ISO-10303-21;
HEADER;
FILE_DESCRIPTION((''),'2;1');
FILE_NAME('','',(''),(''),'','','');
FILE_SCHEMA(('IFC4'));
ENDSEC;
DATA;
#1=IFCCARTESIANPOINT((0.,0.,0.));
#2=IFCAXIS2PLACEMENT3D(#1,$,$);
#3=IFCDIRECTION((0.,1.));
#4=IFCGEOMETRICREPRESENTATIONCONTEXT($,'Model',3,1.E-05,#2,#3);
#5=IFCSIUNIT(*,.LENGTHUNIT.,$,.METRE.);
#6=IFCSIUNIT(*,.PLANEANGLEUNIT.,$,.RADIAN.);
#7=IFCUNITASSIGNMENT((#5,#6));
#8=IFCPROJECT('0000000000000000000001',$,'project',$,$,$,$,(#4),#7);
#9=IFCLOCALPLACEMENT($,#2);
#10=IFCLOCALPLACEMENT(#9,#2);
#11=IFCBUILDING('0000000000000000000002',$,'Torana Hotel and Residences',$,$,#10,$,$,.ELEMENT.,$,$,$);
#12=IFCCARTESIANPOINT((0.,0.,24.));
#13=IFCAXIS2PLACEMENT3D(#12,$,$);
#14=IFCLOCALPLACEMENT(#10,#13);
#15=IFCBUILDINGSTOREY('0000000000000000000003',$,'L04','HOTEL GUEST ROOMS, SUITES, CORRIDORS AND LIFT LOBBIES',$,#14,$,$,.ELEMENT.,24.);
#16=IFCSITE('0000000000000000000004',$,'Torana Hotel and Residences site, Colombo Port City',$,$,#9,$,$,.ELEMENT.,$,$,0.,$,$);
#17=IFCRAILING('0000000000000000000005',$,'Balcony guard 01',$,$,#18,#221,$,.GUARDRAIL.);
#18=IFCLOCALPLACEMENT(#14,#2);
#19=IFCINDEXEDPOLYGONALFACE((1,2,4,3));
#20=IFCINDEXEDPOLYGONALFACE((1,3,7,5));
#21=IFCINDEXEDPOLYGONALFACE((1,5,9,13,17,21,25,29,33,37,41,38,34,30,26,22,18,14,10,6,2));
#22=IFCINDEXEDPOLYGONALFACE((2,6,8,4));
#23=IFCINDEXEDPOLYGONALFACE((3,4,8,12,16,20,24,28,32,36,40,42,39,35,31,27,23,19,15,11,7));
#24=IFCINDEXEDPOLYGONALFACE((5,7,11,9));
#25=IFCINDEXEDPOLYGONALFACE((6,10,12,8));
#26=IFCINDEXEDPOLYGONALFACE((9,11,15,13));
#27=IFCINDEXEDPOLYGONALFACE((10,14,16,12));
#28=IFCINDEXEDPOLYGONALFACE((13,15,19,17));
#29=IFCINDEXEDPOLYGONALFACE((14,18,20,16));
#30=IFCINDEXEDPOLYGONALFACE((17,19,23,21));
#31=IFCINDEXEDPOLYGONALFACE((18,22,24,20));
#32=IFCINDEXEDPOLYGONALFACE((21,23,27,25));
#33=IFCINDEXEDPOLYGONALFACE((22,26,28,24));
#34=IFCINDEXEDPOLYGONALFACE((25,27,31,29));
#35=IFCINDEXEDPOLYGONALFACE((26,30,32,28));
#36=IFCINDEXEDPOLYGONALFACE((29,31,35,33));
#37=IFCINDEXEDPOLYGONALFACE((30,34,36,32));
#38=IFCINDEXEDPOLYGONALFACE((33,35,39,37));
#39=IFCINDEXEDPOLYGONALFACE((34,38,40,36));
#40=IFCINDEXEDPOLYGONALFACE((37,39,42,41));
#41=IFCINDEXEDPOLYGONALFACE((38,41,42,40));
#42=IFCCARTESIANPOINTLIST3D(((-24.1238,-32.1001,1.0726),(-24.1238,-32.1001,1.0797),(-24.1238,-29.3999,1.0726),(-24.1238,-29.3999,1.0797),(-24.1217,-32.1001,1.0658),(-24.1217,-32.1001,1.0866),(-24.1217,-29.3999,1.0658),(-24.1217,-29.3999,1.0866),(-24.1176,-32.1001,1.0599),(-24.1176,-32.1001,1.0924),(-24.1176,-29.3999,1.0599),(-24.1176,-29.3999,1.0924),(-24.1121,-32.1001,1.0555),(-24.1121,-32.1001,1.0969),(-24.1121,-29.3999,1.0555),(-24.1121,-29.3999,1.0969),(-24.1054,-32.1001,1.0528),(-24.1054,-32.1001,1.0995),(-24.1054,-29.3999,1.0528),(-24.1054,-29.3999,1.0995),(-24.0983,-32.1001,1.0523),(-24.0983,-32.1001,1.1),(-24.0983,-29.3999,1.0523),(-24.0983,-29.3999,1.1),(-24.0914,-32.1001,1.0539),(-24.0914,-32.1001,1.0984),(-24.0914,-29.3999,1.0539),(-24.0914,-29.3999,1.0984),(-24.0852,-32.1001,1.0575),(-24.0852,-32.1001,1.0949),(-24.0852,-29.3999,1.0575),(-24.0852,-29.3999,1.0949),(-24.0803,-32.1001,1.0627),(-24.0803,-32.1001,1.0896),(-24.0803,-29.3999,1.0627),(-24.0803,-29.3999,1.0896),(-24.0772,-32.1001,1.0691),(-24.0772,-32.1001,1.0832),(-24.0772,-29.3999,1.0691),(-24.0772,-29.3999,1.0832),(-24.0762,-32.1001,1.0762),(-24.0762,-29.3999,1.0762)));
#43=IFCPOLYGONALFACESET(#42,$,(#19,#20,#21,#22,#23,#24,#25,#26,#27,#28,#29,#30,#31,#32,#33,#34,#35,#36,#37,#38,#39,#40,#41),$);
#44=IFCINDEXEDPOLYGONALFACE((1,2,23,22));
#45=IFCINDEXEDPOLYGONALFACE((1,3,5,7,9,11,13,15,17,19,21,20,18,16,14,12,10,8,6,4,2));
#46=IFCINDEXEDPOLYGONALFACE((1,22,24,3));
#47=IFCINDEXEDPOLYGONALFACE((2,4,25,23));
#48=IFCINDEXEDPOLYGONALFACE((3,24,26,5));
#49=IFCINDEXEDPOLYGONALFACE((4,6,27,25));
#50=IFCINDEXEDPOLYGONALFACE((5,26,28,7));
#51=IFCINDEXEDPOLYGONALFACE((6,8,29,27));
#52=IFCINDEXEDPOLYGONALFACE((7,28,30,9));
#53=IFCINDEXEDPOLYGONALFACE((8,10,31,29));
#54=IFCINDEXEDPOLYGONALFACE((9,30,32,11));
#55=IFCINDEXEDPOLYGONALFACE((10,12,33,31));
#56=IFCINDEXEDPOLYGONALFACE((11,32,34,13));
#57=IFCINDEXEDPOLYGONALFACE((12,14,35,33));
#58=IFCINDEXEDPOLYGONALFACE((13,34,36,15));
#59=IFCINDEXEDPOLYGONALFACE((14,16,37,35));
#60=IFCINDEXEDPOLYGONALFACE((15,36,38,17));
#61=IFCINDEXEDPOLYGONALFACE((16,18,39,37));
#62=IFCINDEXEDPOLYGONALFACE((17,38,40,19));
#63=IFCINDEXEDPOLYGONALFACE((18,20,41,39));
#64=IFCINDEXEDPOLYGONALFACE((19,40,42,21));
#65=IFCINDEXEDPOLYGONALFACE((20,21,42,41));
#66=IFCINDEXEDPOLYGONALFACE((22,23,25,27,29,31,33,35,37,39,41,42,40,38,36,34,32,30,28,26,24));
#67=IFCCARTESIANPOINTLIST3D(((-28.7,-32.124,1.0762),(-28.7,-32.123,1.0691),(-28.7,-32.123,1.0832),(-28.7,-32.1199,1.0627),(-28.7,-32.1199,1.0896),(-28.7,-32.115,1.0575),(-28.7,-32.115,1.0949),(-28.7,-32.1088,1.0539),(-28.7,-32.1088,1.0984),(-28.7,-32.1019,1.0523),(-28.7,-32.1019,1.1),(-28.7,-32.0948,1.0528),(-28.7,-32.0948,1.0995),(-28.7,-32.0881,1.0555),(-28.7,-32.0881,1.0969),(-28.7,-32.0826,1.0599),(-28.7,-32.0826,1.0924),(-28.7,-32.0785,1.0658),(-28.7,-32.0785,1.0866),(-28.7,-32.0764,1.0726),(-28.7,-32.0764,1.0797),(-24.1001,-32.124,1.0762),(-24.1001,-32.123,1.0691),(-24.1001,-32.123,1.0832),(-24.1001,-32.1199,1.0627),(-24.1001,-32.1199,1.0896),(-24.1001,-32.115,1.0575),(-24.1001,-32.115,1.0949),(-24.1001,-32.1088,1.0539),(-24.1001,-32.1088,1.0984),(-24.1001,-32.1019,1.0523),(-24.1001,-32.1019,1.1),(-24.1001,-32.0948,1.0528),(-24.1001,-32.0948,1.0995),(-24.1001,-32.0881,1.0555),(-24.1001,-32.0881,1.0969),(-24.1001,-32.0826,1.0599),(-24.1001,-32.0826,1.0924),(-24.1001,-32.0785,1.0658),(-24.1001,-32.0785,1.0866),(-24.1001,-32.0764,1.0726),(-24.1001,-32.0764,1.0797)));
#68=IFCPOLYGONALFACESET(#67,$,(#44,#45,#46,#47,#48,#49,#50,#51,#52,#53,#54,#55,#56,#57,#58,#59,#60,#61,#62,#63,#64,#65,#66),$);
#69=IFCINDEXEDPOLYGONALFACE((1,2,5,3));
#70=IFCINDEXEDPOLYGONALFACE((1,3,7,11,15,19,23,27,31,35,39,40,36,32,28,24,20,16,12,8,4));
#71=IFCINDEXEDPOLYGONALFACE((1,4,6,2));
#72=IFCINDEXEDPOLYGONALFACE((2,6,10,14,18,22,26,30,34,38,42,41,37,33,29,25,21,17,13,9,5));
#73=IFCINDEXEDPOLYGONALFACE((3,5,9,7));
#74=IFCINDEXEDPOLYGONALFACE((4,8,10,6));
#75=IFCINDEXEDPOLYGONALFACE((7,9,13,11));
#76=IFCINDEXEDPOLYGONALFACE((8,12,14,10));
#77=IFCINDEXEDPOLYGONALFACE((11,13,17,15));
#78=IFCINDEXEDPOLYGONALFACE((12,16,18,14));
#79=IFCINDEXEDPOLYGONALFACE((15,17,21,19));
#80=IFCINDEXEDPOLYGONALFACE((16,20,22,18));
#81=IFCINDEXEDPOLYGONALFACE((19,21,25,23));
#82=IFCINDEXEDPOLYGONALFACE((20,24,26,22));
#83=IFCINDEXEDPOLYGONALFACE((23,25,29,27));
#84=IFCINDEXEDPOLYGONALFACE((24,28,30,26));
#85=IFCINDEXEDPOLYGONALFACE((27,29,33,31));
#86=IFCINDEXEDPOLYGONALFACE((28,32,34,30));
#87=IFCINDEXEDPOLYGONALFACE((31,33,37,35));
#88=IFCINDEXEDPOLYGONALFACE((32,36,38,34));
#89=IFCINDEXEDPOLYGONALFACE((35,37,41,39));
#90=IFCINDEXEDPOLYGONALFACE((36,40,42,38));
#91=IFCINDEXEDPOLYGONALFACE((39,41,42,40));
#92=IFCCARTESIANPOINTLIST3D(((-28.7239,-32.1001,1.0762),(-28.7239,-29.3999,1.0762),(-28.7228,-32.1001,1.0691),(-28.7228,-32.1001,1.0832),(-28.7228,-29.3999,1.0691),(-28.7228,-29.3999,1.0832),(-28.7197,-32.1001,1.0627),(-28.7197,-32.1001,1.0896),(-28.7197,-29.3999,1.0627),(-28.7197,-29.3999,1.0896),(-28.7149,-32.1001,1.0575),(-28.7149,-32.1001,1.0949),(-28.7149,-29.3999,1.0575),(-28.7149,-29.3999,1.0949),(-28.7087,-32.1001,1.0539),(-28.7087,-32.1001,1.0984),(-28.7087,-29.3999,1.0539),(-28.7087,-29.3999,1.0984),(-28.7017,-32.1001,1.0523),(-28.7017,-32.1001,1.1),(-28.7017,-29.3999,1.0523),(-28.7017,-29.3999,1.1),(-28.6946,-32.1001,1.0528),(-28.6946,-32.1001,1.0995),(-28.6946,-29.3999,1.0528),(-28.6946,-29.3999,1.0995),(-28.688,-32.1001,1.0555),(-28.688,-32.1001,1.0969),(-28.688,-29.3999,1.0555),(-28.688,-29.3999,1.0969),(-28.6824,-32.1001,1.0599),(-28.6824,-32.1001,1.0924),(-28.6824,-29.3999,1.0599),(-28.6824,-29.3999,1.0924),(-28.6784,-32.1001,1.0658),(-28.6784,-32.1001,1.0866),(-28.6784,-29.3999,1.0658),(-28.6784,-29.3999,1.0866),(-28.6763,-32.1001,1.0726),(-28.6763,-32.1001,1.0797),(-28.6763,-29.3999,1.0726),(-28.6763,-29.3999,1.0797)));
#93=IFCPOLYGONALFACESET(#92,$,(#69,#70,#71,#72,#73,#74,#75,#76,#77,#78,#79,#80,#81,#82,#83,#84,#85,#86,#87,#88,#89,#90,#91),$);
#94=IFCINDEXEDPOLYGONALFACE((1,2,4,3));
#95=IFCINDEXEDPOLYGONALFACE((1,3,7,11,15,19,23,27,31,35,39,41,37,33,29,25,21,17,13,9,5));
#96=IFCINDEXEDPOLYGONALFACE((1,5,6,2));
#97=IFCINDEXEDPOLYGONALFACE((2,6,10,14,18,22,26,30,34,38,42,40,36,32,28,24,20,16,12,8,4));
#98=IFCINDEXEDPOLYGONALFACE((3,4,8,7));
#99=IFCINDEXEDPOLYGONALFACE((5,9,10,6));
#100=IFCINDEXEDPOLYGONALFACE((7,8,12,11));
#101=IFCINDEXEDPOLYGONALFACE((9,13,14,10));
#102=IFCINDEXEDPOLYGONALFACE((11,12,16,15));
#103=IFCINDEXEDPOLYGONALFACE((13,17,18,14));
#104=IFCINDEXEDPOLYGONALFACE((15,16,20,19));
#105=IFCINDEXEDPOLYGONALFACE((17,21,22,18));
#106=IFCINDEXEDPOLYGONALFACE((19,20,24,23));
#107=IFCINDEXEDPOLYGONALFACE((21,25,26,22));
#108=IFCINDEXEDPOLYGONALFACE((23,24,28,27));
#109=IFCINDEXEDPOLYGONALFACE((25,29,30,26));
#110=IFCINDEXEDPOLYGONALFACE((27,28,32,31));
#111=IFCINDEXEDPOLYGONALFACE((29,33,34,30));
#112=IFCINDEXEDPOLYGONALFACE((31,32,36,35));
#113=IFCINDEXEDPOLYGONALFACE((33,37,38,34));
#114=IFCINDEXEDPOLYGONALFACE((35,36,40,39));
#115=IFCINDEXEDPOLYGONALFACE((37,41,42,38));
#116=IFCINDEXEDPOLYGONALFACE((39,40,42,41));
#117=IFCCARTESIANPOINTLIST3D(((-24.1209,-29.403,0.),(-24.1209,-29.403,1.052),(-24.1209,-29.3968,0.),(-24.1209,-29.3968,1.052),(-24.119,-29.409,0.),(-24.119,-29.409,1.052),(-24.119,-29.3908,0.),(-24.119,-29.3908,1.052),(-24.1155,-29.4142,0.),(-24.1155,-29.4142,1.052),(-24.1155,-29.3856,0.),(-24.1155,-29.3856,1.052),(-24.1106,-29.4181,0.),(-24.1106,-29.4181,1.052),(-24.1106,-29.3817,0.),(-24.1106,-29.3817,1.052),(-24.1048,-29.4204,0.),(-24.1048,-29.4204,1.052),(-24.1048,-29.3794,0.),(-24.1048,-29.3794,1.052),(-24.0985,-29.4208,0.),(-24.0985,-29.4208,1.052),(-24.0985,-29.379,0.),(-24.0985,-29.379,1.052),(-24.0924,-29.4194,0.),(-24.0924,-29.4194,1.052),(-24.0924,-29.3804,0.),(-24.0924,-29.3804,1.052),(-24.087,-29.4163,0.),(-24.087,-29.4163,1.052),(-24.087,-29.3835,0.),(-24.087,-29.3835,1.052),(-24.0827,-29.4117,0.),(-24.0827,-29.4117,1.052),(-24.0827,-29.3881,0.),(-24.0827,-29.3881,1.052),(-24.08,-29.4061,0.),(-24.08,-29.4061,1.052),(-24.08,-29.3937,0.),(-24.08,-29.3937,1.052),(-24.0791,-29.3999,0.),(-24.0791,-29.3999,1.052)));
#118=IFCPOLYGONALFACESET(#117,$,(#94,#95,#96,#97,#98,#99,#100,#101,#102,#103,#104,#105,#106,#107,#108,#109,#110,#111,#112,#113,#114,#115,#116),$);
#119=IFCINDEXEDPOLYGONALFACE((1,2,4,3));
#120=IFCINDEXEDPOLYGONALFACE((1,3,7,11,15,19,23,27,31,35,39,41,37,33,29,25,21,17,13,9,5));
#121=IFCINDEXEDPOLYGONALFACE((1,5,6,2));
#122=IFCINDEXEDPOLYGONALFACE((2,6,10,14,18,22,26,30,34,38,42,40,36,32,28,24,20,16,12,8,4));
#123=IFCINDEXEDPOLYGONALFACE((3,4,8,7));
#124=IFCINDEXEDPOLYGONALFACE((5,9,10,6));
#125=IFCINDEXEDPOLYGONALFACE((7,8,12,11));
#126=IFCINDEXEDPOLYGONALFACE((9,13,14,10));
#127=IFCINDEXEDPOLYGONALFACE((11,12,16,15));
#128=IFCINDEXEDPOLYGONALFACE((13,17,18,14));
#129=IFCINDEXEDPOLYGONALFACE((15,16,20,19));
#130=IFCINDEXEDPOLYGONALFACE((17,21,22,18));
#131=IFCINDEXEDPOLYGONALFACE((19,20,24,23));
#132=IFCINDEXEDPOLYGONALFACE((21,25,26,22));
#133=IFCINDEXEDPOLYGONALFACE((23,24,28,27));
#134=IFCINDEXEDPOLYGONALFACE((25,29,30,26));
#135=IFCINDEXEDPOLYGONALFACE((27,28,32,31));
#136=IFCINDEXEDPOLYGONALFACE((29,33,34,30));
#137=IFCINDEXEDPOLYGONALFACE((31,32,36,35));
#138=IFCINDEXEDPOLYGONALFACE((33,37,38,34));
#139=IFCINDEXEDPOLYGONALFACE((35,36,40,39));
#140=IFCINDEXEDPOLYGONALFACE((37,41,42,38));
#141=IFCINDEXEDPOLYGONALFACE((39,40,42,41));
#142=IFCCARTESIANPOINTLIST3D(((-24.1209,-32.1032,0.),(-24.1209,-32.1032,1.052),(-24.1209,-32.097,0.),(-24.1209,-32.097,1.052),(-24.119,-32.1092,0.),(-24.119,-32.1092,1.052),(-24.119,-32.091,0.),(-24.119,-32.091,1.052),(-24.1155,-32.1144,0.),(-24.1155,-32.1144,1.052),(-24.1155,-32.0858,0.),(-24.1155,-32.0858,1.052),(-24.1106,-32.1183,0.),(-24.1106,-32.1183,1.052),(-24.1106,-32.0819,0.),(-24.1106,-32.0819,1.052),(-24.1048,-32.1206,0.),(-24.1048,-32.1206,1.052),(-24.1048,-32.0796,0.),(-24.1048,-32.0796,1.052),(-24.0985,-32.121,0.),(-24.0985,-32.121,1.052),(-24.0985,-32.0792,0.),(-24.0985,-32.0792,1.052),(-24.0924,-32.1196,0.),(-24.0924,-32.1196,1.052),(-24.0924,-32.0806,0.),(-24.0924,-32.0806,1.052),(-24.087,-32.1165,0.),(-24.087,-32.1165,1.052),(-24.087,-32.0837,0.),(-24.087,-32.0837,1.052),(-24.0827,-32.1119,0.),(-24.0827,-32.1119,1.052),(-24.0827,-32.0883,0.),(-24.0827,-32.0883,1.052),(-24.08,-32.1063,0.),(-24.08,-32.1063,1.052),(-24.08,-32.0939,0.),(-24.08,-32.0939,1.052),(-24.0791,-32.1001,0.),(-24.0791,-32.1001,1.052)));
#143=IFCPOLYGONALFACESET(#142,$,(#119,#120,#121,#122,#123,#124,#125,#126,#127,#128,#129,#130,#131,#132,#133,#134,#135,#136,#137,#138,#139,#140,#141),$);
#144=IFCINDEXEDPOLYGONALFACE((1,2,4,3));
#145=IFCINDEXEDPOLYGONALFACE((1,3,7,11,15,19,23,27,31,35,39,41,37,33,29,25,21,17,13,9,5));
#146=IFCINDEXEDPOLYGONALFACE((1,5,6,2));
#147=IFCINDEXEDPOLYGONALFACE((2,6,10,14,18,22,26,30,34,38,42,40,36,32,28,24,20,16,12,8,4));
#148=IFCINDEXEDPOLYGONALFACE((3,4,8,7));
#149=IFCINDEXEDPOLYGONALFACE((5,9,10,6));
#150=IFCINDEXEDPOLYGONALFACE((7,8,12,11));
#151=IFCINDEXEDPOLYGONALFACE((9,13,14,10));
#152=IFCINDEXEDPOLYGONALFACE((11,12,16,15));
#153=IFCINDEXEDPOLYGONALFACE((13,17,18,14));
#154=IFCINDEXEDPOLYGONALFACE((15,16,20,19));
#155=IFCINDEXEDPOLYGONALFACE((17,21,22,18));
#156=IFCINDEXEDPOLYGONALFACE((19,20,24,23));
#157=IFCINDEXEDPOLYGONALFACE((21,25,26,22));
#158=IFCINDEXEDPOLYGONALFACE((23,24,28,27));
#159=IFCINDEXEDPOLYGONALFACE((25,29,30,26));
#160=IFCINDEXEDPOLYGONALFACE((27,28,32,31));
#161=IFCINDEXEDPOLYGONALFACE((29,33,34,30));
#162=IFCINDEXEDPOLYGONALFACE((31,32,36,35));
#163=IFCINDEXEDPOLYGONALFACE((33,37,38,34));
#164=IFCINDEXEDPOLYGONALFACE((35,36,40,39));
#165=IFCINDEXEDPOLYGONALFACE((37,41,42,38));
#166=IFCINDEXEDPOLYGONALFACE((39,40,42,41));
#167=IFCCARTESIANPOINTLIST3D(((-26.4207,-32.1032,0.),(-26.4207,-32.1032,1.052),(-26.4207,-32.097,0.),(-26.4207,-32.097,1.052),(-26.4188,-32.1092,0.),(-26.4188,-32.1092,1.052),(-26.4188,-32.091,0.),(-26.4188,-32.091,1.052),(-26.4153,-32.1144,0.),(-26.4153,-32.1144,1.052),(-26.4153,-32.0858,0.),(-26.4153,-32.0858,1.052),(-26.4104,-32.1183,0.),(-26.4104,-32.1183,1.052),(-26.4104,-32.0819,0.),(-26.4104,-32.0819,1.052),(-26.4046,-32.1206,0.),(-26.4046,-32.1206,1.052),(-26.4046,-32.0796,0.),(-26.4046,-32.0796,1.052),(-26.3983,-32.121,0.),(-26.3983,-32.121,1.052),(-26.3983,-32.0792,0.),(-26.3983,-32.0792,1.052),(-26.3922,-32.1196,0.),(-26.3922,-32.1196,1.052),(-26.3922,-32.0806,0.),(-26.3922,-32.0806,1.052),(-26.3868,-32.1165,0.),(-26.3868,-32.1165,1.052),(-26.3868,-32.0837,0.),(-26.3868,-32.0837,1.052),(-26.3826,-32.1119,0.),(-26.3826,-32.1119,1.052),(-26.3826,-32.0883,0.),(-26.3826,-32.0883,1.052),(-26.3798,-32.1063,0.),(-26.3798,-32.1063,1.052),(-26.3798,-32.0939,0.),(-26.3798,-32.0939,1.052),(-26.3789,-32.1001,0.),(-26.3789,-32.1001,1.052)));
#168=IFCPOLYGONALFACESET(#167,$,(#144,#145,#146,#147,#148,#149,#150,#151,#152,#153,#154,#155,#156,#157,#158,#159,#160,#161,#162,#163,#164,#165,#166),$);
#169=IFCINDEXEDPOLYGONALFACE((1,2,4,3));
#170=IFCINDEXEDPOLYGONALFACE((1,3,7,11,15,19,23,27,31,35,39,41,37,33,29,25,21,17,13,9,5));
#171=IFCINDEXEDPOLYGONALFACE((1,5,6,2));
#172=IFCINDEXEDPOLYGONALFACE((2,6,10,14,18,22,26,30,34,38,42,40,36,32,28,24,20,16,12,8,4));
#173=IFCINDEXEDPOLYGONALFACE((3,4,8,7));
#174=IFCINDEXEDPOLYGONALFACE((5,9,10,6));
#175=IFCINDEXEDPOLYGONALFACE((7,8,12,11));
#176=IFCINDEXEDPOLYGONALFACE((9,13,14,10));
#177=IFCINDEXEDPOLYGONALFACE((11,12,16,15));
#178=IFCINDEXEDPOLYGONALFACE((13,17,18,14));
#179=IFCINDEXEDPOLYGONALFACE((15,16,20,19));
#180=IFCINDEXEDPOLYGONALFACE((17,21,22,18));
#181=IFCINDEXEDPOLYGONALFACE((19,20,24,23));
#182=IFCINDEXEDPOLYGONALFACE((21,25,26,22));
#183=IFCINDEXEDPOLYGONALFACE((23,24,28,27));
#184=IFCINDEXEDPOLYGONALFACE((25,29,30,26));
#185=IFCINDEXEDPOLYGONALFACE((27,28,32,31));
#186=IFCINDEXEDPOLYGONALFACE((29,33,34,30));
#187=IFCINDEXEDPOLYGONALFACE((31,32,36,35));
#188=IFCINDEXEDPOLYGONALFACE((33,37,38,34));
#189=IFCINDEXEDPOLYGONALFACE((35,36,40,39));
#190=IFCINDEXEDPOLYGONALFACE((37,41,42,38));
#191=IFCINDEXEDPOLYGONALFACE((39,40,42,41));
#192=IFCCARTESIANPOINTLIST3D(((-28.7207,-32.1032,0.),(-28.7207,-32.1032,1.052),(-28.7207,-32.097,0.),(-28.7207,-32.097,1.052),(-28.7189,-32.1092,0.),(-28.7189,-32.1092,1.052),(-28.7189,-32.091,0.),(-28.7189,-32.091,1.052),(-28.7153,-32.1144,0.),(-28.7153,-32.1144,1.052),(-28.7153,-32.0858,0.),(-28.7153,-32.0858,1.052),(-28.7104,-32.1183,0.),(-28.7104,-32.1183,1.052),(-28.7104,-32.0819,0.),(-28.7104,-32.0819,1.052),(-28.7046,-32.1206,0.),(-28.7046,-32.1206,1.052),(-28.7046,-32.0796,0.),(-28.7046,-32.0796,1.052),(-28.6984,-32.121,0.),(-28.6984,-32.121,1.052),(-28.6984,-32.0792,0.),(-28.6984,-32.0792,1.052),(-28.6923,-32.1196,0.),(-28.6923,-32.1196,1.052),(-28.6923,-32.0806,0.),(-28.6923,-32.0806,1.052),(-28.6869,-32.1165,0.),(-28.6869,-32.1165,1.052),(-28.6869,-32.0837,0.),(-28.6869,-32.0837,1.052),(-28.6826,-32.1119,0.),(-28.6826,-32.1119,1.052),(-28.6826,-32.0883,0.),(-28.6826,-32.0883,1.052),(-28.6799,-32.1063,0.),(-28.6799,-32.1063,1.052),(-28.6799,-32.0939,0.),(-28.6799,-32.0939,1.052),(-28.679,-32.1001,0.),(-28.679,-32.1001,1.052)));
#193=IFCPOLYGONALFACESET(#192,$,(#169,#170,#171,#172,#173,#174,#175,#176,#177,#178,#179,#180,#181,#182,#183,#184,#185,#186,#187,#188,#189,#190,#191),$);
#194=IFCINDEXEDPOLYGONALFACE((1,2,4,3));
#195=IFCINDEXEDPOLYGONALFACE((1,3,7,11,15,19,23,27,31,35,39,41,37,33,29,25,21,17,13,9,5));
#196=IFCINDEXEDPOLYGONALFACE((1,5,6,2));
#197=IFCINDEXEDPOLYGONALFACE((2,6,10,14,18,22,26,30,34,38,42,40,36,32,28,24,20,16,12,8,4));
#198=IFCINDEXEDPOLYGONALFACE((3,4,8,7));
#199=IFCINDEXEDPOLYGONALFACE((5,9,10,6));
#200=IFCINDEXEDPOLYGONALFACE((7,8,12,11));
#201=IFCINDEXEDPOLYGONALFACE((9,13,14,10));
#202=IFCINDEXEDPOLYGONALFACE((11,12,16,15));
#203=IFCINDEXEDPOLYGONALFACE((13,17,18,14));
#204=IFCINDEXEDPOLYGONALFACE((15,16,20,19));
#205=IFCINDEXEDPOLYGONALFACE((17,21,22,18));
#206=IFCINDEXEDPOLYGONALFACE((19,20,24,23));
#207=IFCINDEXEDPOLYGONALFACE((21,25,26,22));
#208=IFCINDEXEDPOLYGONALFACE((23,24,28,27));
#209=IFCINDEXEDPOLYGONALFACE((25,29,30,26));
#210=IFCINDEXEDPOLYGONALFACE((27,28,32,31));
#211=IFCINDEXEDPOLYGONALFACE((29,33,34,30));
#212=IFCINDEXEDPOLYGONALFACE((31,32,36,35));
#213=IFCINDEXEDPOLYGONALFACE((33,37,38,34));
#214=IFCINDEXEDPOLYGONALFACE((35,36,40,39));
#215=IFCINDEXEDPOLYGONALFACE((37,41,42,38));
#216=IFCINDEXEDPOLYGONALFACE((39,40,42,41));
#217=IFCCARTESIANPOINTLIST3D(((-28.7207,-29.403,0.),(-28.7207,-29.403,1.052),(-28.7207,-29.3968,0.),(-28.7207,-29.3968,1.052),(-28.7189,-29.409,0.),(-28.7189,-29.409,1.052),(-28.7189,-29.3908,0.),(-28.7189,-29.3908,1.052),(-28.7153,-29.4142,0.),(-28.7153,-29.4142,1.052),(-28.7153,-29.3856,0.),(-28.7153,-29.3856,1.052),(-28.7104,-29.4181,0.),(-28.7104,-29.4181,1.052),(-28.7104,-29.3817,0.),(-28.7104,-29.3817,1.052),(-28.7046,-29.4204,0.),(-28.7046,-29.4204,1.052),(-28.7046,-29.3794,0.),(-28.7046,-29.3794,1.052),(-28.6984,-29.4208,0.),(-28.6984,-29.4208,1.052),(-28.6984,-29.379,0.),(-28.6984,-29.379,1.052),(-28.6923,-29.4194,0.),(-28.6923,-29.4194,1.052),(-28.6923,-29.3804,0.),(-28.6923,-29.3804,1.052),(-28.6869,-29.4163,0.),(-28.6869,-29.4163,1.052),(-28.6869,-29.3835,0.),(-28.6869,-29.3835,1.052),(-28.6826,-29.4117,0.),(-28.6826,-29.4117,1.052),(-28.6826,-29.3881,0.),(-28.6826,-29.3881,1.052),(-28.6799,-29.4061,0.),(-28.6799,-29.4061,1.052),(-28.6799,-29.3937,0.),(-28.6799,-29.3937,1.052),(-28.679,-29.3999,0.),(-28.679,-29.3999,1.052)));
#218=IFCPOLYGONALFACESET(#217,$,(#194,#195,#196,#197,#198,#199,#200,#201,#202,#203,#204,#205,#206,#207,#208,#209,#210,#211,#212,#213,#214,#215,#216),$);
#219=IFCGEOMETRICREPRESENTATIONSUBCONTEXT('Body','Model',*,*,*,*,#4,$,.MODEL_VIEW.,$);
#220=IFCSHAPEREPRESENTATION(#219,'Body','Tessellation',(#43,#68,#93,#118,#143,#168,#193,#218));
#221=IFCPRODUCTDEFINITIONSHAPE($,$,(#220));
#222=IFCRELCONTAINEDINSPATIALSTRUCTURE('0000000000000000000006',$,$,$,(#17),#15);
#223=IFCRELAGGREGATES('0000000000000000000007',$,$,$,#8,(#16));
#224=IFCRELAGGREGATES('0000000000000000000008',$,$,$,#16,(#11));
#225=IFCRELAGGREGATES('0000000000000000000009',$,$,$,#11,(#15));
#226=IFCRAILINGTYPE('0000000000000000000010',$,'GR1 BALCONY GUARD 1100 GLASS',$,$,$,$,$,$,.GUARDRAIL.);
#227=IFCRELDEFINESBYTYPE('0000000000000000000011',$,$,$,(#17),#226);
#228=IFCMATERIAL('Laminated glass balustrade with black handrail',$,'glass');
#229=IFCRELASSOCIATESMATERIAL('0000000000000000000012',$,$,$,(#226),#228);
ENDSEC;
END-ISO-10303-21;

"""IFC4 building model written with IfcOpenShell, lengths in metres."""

from ifc_helpers import new_model, si_unit, direction, frame, origin, origin_2d, place, context, subcontext, project, spatial, circle, extrude, material, type_object, element, save


model = new_model("IFC4")

# Units and contexts
model_context = context("Model", 3, precision=1e-05, world=origin(), true_north=direction((0.0, 1.0)))
body_context = subcontext(model_context, "Body", "Model", "MODEL_VIEW")
ifc_project = project(units=[si_unit("LENGTHUNIT", "METRE"), si_unit("PLANEANGLEUNIT", "RADIAN")], contexts=[model_context])

# Site, building, storey
site_placement = place(None, origin())
site = spatial("IfcSite", under=ifc_project, at=site_placement, Name="Torana Hotel and Residences site, Colombo Port City", CompositionType="ELEMENT", RefElevation=0.0)
building_placement = place(site_placement, origin())
building = spatial("IfcBuilding", under=site, at=building_placement, Name="Torana Hotel and Residences", CompositionType="ELEMENT")
storey_placement = place(building_placement, frame((0.0, 0.0, 24.0)))
storey = spatial("IfcBuildingStorey", under=building, at=storey_placement, Name="L04", Description="HOTEL GUEST ROOMS, SUITES, CORRIDORS AND LIFT LOBBIES", CompositionType="ELEMENT", Elevation=24.0)

# Railing
ifc_material_1 = material(Name="Laminated glass balustrade with black handrail", Category="glass")
railing_type = type_object("IfcRailingType", Name="GR1 BALCONY GUARD 1100 GLASS", PredefinedType="GUARDRAIL", material=ifc_material_1)
railing_placement = place(storey_placement, frame((-24.1001, -29.3999, 0.0)))
element("IfcRailing", 1, at=railing_placement, inside=storey, type_object=railing_type, Name="Balcony guard 01", PredefinedType="GUARDRAIL", context=body_context, shape_type="SweptSolid", body=[
    extrude(circle(Radius=0.0239, at=origin_2d()), frame((0.0, 0.0, 1.0762), z_axis=(0.0, -1.0, 0.0), x_axis=(1.0, 0.0, 0.0)), (0.0, 0.0, 1.0), 2.7002),
    extrude(circle(Radius=0.0239, at=origin_2d()), frame((0.0, -2.7002, 1.0762), z_axis=(-1.0, 0.0, 0.0), x_axis=(0.0, -1.0, 0.0)), (0.0, 0.0, 1.0), 4.5999),
    extrude(circle(Radius=0.0239, at=origin_2d()), frame((-4.5999, -2.7002, 1.0762), z_axis=(0.0, 1.0, 0.0), x_axis=(-1.0, 0.0, 0.0)), (0.0, 0.0, 1.0), 2.7002),
    extrude(circle(Radius=0.021, at=origin_2d()), origin(), (0.0, 0.0, 1.0), 1.052),
    extrude(circle(Radius=0.021, at=origin_2d()), frame((0.0, -2.7002, 0.0)), (0.0, 0.0, 1.0), 1.052),
    extrude(circle(Radius=0.021, at=origin_2d()), frame((-2.2998, -2.7002, 0.0)), (0.0, 0.0, 1.0), 1.052),
    extrude(circle(Radius=0.021, at=origin_2d()), frame((-4.5999, -2.7002, 0.0)), (0.0, 0.0, 1.0), 1.052),
    extrude(circle(Radius=0.021, at=origin_2d()), frame((-4.5999, 0.0, 0.0)), (0.0, 0.0, 1.0), 1.052),
])

save(model, "model.ifc")
